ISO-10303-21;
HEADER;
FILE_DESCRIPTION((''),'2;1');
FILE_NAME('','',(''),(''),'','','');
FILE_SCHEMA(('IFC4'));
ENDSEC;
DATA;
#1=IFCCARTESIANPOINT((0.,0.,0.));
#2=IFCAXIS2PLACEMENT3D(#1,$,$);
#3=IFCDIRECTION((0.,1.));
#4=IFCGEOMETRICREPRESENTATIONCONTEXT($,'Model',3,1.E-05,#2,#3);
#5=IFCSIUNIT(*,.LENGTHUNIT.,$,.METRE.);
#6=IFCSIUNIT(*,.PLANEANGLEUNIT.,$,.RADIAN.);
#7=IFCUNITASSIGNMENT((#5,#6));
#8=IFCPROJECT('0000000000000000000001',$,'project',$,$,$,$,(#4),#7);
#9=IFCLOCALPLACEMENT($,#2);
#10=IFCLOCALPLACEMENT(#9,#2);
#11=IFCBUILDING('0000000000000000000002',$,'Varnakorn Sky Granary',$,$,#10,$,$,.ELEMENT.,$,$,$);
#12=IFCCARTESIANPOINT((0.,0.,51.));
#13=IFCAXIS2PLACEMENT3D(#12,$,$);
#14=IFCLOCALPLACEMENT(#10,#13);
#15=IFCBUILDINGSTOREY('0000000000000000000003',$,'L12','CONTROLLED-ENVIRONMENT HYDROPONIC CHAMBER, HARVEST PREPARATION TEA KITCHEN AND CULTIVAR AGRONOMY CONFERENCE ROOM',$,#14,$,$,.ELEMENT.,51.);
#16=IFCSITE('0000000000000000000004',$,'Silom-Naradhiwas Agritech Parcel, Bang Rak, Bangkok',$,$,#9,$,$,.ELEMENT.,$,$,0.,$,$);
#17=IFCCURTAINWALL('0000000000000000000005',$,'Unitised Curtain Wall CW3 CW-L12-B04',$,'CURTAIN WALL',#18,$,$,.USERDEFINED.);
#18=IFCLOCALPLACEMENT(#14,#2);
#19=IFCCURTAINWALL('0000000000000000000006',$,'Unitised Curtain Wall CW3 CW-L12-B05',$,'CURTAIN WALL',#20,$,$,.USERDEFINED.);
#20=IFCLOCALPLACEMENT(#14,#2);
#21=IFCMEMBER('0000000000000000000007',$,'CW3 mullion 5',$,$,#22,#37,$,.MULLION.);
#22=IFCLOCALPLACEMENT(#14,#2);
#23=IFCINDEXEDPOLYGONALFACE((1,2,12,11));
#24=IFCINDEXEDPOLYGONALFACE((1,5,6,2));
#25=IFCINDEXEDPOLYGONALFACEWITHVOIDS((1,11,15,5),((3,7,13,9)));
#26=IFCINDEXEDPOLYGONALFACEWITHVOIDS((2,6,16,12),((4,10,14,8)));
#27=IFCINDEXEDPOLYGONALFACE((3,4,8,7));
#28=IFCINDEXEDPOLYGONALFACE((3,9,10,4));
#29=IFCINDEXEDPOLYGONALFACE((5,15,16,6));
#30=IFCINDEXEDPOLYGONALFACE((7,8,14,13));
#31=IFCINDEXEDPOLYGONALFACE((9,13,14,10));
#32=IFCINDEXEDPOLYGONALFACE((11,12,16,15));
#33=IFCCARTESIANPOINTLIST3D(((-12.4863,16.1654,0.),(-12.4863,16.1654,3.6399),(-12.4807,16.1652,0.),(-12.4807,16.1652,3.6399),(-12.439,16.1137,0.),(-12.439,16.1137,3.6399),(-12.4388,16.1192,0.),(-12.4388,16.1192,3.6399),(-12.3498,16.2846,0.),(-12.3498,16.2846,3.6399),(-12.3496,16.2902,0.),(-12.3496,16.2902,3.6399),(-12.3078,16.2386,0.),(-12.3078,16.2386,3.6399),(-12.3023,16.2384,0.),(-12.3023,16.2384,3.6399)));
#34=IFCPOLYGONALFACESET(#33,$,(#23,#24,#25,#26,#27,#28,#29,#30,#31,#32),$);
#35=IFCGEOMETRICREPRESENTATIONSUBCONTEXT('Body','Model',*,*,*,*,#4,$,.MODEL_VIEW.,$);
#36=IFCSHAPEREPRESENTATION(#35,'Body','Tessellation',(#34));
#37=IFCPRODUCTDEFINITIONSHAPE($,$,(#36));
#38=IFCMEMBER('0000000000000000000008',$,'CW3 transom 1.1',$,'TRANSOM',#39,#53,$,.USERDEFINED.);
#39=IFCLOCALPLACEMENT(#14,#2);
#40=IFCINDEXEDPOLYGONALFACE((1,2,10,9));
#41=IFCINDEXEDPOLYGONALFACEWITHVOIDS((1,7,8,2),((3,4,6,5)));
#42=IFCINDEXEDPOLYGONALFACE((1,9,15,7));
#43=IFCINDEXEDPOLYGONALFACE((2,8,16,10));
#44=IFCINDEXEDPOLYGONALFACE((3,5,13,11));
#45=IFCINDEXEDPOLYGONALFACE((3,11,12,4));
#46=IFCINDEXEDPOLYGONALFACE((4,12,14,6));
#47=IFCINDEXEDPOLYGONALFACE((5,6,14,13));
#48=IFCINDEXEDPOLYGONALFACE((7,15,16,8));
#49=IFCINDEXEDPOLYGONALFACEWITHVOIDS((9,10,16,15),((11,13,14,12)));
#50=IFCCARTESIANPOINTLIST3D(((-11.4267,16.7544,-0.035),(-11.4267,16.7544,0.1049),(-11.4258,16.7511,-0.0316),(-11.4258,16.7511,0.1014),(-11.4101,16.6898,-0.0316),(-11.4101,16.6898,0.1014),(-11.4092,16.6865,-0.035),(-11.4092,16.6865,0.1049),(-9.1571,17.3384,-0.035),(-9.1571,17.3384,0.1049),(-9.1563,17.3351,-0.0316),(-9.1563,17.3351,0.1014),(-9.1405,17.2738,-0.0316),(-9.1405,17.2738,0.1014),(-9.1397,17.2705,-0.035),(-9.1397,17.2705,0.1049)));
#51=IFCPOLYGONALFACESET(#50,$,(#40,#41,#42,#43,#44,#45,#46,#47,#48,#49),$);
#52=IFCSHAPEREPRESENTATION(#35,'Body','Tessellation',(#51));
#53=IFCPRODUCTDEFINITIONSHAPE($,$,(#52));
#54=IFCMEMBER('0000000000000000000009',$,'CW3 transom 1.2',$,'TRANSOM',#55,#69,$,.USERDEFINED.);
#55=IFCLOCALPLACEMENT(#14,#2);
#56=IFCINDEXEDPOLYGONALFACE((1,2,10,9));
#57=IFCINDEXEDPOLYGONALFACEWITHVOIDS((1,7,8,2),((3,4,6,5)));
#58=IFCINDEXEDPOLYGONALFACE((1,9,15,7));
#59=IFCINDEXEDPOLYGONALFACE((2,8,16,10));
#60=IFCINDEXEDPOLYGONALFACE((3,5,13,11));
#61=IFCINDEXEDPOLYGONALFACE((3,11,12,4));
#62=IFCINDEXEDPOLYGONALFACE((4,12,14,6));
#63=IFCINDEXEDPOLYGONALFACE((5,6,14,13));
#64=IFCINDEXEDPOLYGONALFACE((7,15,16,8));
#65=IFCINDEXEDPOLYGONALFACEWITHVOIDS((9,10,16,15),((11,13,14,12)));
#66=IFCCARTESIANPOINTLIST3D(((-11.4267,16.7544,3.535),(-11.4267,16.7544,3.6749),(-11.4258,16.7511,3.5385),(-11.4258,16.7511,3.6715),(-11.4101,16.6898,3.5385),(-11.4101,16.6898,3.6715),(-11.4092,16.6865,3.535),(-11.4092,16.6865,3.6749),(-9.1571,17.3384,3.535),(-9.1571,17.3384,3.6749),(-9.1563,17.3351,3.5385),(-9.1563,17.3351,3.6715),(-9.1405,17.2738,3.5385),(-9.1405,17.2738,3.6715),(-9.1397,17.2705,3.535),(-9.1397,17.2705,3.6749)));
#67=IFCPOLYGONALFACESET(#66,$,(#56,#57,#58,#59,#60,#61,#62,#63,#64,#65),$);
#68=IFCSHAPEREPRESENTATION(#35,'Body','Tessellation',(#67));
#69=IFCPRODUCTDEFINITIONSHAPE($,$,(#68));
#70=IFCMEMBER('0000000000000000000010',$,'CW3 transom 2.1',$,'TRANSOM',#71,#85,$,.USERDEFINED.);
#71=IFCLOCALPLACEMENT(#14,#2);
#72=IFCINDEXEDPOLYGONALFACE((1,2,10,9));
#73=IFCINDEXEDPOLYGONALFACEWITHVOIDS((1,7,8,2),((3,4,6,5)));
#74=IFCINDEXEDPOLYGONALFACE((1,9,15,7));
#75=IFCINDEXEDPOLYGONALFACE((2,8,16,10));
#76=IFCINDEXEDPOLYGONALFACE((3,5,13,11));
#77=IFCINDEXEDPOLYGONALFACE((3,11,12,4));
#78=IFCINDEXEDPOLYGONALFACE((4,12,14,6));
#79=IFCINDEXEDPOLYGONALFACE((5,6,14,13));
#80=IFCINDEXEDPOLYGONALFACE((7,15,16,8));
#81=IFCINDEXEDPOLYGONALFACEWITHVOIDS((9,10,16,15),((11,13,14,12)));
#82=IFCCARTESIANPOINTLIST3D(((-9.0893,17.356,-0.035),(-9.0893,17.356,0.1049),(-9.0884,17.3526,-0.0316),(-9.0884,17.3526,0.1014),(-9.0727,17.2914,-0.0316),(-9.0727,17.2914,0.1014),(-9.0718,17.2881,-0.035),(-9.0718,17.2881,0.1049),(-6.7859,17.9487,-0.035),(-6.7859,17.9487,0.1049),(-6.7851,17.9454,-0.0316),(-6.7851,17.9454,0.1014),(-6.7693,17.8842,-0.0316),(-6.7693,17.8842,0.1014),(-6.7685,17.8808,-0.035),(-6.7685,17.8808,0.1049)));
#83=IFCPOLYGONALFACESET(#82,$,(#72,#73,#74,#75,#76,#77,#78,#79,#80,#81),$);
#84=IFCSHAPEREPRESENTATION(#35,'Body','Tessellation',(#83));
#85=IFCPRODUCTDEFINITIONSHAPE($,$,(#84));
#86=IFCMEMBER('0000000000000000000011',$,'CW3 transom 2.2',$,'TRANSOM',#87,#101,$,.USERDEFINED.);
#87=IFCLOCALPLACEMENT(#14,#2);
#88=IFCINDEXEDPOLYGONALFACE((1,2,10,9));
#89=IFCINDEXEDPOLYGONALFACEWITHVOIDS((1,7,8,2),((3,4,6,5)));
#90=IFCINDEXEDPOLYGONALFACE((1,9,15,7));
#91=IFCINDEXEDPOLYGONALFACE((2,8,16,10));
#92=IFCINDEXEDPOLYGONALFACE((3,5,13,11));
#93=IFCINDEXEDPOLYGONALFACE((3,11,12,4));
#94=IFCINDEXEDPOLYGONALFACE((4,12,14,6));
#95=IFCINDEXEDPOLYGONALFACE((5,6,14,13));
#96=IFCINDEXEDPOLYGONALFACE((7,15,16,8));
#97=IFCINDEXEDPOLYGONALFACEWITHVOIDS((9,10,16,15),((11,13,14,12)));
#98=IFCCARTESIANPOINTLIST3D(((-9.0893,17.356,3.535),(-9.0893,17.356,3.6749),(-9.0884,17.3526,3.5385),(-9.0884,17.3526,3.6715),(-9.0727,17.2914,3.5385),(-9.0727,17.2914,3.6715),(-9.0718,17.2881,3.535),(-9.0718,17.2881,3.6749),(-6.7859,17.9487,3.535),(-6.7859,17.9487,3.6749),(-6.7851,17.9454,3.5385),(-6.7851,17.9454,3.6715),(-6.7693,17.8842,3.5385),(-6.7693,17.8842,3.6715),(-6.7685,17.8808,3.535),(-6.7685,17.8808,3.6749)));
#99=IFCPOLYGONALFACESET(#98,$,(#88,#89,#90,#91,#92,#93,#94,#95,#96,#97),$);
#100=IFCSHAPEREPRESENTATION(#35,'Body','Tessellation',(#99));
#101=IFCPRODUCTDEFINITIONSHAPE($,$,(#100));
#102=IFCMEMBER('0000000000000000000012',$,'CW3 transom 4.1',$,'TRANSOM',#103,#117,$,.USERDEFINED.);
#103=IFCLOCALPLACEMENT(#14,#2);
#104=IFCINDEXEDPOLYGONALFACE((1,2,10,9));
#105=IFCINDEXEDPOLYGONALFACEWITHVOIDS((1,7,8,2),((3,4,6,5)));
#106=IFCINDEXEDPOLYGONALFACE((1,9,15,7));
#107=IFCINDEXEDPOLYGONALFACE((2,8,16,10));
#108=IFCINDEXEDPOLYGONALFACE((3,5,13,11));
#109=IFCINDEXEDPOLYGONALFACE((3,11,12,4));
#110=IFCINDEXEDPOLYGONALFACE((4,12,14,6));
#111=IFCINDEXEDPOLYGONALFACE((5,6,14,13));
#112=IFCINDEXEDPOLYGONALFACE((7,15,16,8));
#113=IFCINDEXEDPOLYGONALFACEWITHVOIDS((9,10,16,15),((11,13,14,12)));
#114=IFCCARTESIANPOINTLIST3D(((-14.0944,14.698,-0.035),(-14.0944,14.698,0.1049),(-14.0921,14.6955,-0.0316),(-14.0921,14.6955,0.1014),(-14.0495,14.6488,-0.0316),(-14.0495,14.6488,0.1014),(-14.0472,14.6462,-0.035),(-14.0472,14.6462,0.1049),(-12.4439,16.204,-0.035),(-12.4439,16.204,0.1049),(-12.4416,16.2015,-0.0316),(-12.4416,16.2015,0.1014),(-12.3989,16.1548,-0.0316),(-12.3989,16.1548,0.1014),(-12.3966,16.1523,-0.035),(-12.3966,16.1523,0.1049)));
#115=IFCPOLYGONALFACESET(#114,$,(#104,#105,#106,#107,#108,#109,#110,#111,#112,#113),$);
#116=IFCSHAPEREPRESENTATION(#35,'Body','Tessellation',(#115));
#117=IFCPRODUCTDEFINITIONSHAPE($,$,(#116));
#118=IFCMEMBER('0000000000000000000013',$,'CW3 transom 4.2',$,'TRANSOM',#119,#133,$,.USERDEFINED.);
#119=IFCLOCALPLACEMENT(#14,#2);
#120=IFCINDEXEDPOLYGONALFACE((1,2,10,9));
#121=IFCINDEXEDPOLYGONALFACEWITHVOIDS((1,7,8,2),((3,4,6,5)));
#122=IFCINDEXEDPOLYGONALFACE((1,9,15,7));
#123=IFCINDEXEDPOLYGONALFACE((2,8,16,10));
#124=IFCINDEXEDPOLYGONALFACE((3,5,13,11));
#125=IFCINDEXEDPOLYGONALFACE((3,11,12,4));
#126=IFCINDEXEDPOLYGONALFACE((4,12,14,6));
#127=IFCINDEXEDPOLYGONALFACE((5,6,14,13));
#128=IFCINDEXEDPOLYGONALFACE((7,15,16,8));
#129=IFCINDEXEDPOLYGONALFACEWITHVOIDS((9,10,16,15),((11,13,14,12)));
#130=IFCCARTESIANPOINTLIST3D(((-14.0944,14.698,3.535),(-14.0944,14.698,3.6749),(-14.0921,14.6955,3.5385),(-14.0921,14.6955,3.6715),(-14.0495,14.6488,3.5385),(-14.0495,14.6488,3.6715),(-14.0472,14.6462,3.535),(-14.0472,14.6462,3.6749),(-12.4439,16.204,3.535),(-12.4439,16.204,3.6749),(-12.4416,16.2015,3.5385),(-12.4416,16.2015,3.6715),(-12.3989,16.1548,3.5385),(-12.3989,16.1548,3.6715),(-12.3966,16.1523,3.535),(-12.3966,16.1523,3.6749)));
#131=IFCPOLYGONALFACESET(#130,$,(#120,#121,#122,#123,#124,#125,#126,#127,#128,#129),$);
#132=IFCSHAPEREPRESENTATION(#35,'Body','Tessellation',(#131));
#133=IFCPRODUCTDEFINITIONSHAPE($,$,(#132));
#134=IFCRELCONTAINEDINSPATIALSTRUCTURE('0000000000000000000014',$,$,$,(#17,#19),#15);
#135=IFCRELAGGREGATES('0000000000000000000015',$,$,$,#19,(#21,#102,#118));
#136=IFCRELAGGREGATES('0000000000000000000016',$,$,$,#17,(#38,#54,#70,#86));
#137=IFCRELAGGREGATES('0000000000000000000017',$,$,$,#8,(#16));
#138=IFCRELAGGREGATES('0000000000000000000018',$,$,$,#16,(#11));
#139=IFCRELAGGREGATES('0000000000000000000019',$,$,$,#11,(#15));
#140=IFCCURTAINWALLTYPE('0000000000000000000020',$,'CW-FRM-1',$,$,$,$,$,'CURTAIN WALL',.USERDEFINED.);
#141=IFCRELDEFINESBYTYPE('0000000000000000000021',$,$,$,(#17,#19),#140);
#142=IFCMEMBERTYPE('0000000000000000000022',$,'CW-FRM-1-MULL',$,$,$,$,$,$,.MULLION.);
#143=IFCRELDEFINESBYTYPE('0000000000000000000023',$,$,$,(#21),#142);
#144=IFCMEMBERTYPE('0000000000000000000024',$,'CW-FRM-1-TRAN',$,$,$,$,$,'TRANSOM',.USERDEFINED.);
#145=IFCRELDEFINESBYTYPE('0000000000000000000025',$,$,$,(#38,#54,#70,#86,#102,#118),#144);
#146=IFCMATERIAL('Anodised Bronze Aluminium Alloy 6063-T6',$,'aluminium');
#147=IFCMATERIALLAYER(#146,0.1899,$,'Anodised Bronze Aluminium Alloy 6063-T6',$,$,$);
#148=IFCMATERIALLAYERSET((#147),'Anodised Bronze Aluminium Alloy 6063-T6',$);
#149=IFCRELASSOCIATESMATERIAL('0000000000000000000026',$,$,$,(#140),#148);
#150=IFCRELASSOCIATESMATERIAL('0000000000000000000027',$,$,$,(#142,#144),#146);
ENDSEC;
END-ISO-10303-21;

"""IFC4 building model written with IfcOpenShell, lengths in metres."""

from ifc_helpers import new_model, si_unit, direction, frame, origin, origin_2d, place, context, subcontext, project, spatial, hollow_rectangle, extrude, material, layer, layer_set, material_profile, profile_set, type_object, element, aggregate, save


model = new_model("IFC4")

# Units and contexts
model_context = context("Model", 3, precision=1e-05, world=origin(), true_north=direction((0.0, 1.0)))
body_context = subcontext(model_context, "Body", "Model", "MODEL_VIEW")
ifc_project = project(units=[si_unit("LENGTHUNIT", "METRE"), si_unit("PLANEANGLEUNIT", "RADIAN")], contexts=[model_context])

# Site, building, storey
site_placement = place(None, origin())
site = spatial("IfcSite", under=ifc_project, at=site_placement, Name="Silom-Naradhiwas Agritech Parcel, Bang Rak, Bangkok", CompositionType="ELEMENT", RefElevation=0.0)
building_placement = place(site_placement, origin())
building = spatial("IfcBuilding", under=site, at=building_placement, Name="Varnakorn Sky Granary", CompositionType="ELEMENT")
storey_placement = place(building_placement, frame((0.0, 0.0, 51.0)))
storey = spatial("IfcBuildingStorey", under=building, at=storey_placement, Name="L12", Description="CONTROLLED-ENVIRONMENT HYDROPONIC CHAMBER, HARVEST PREPARATION TEA KITCHEN AND CULTIVAR AGRONOMY CONFERENCE ROOM", CompositionType="ELEMENT", Elevation=51.0)

# Curtain walls, member
ifc_material_1 = material(Name="Anodised Bronze Aluminium Alloy 6063-T6", Category="aluminium")
ifc_layer_1 = layer(ifc_material_1, 0.1899, Name="Anodised Bronze Aluminium Alloy 6063-T6")
ifc_layer_set_1 = layer_set([ifc_layer_1], Name="Anodised Bronze Aluminium Alloy 6063-T6")
curtain_wall_type = type_object("IfcCurtainWallType", Name="CW-FRM-1", ElementType="CURTAIN WALL", PredefinedType="USERDEFINED", material=ifc_layer_set_1)
curtain_wall_1_placement = place(storey_placement, origin())
curtain_wall_1 = element("IfcCurtainWall", 1, at=curtain_wall_1_placement, inside=storey, type_object=curtain_wall_type, Name="Unitised Curtain Wall CW3 CW-L12-B04", ObjectType="CURTAIN WALL", PredefinedType="USERDEFINED")
ifc_material_profile_1 = material_profile(ifc_material_1, hollow_rectangle(XDim=0.0701, YDim=0.1851, WallThickness=0.0039, at=origin_2d()), Name="ALU MULL 70x185")
ifc_profile_set_1 = profile_set([ifc_material_profile_1], Name="Anodised Bronze Aluminium Alloy 6063-T6")
member_type_1 = type_object("IfcMemberType", Name="CW-FRM-1-MULL", PredefinedType="MULLION", material=ifc_profile_set_1)
curtain_wall_2_placement = place(storey_placement, origin())
curtain_wall_2 = element("IfcCurtainWall", 2, at=curtain_wall_2_placement, inside=storey, type_object=curtain_wall_type, Name="Unitised Curtain Wall CW3 CW-L12-B05", ObjectType="CURTAIN WALL", PredefinedType="USERDEFINED")
member_1_placement = place(storey_placement, frame((-12.3943, 16.2019, 0.0), z_axis=(0.0, 0.0, 1.0), x_axis=(-0.674049, 0.738686, 0.0)))
member_1 = element("IfcMember", 3, at=member_1_placement, type_object=member_type_1, Name="CW3 mullion 5", PredefinedType="MULLION", context=body_context, shape_type="SweptSolid", body=[
    extrude(hollow_rectangle(XDim=0.0701, YDim=0.1851, WallThickness=0.0039, at=origin_2d()), origin(), (0.0, 0.0, 1.0), 3.6399),
])

# Members
ifc_material_profile_2 = material_profile(ifc_material_1, hollow_rectangle(XDim=0.0701, YDim=0.1399, WallThickness=0.0034, at=origin_2d()), Name="ALU TRAN 70x140")
ifc_profile_set_2 = profile_set([ifc_material_profile_2], Name="Anodised Bronze Aluminium Alloy 6063-T6")
member_type_2 = type_object("IfcMemberType", Name="CW-FRM-1-TRAN", ElementType="TRANSOM", PredefinedType="USERDEFINED", material=ifc_profile_set_2)
member_2_placement = place(storey_placement, frame((-11.418, 16.7205, 0.0349), z_axis=(0.968453, 0.249197, 0.0), x_axis=(-0.249197, 0.968453, 0.0)))
member_2 = element("IfcMember", 4, at=member_2_placement, type_object=member_type_2, Name="CW3 transom 1.1", ObjectType="TRANSOM", PredefinedType="USERDEFINED", context=body_context, shape_type="SweptSolid", body=[
    extrude(hollow_rectangle(XDim=0.0701, YDim=0.1399, WallThickness=0.0034, at=origin_2d()), origin(), (0.0, 0.0, 1.0), 2.3435),
])
member_3_placement = place(storey_placement, frame((-11.418, 16.7205, 3.605), z_axis=(0.968453, 0.249197, 0.0), x_axis=(-0.249197, 0.968453, 0.0)))
member_3 = element("IfcMember", 5, at=member_3_placement, type_object=member_type_2, Name="CW3 transom 1.2", ObjectType="TRANSOM", PredefinedType="USERDEFINED", context=body_context, shape_type="SweptSolid", body=[
    extrude(hollow_rectangle(XDim=0.0701, YDim=0.1399, WallThickness=0.0034, at=origin_2d()), origin(), (0.0, 0.0, 1.0), 2.3435),
])
member_4_placement = place(storey_placement, frame((-9.0806, 17.322, 0.0349), z_axis=(0.968447, 0.24922, 0.0), x_axis=(-0.24922, 0.968447, 0.0)))
member_4 = element("IfcMember", 6, at=member_4_placement, type_object=member_type_2, Name="CW3 transom 2.1", ObjectType="TRANSOM", PredefinedType="USERDEFINED", context=body_context, shape_type="SweptSolid", body=[
    extrude(hollow_rectangle(XDim=0.0701, YDim=0.1399, WallThickness=0.0034, at=origin_2d()), origin(), (0.0, 0.0, 1.0), 2.3784),
])
member_5_placement = place(storey_placement, frame((-9.0806, 17.322, 3.605), z_axis=(0.968447, 0.24922, 0.0), x_axis=(-0.24922, 0.968447, 0.0)))
member_5 = element("IfcMember", 7, at=member_5_placement, type_object=member_type_2, Name="CW3 transom 2.2", ObjectType="TRANSOM", PredefinedType="USERDEFINED", context=body_context, shape_type="SweptSolid", body=[
    extrude(hollow_rectangle(XDim=0.0701, YDim=0.1399, WallThickness=0.0034, at=origin_2d()), origin(), (0.0, 0.0, 1.0), 2.3784),
])
member_6_placement = place(storey_placement, frame((-14.0708, 14.6721, 0.0349), z_axis=(0.738708, 0.674026, 0.0), x_axis=(-0.674026, 0.738708, 0.0)))
member_6 = element("IfcMember", 8, at=member_6_placement, type_object=member_type_2, Name="CW3 transom 4.1", ObjectType="TRANSOM", PredefinedType="USERDEFINED", context=body_context, shape_type="SweptSolid", body=[
    extrude(hollow_rectangle(XDim=0.0701, YDim=0.1399, WallThickness=0.0034, at=origin_2d()), origin(), (0.0, 0.0, 1.0), 2.2344),
])
member_7_placement = place(storey_placement, frame((-14.0708, 14.6721, 3.605), z_axis=(0.738708, 0.674026, 0.0), x_axis=(-0.674026, 0.738708, 0.0)))
member_7 = element("IfcMember", 9, at=member_7_placement, type_object=member_type_2, Name="CW3 transom 4.2", ObjectType="TRANSOM", PredefinedType="USERDEFINED", context=body_context, shape_type="SweptSolid", body=[
    extrude(hollow_rectangle(XDim=0.0701, YDim=0.1399, WallThickness=0.0034, at=origin_2d()), origin(), (0.0, 0.0, 1.0), 2.2344),
])

aggregate(curtain_wall_2, [member_1, member_6, member_7])
aggregate(curtain_wall_1, [member_2, member_3, member_4, member_5])

save(model, "model.ifc")
